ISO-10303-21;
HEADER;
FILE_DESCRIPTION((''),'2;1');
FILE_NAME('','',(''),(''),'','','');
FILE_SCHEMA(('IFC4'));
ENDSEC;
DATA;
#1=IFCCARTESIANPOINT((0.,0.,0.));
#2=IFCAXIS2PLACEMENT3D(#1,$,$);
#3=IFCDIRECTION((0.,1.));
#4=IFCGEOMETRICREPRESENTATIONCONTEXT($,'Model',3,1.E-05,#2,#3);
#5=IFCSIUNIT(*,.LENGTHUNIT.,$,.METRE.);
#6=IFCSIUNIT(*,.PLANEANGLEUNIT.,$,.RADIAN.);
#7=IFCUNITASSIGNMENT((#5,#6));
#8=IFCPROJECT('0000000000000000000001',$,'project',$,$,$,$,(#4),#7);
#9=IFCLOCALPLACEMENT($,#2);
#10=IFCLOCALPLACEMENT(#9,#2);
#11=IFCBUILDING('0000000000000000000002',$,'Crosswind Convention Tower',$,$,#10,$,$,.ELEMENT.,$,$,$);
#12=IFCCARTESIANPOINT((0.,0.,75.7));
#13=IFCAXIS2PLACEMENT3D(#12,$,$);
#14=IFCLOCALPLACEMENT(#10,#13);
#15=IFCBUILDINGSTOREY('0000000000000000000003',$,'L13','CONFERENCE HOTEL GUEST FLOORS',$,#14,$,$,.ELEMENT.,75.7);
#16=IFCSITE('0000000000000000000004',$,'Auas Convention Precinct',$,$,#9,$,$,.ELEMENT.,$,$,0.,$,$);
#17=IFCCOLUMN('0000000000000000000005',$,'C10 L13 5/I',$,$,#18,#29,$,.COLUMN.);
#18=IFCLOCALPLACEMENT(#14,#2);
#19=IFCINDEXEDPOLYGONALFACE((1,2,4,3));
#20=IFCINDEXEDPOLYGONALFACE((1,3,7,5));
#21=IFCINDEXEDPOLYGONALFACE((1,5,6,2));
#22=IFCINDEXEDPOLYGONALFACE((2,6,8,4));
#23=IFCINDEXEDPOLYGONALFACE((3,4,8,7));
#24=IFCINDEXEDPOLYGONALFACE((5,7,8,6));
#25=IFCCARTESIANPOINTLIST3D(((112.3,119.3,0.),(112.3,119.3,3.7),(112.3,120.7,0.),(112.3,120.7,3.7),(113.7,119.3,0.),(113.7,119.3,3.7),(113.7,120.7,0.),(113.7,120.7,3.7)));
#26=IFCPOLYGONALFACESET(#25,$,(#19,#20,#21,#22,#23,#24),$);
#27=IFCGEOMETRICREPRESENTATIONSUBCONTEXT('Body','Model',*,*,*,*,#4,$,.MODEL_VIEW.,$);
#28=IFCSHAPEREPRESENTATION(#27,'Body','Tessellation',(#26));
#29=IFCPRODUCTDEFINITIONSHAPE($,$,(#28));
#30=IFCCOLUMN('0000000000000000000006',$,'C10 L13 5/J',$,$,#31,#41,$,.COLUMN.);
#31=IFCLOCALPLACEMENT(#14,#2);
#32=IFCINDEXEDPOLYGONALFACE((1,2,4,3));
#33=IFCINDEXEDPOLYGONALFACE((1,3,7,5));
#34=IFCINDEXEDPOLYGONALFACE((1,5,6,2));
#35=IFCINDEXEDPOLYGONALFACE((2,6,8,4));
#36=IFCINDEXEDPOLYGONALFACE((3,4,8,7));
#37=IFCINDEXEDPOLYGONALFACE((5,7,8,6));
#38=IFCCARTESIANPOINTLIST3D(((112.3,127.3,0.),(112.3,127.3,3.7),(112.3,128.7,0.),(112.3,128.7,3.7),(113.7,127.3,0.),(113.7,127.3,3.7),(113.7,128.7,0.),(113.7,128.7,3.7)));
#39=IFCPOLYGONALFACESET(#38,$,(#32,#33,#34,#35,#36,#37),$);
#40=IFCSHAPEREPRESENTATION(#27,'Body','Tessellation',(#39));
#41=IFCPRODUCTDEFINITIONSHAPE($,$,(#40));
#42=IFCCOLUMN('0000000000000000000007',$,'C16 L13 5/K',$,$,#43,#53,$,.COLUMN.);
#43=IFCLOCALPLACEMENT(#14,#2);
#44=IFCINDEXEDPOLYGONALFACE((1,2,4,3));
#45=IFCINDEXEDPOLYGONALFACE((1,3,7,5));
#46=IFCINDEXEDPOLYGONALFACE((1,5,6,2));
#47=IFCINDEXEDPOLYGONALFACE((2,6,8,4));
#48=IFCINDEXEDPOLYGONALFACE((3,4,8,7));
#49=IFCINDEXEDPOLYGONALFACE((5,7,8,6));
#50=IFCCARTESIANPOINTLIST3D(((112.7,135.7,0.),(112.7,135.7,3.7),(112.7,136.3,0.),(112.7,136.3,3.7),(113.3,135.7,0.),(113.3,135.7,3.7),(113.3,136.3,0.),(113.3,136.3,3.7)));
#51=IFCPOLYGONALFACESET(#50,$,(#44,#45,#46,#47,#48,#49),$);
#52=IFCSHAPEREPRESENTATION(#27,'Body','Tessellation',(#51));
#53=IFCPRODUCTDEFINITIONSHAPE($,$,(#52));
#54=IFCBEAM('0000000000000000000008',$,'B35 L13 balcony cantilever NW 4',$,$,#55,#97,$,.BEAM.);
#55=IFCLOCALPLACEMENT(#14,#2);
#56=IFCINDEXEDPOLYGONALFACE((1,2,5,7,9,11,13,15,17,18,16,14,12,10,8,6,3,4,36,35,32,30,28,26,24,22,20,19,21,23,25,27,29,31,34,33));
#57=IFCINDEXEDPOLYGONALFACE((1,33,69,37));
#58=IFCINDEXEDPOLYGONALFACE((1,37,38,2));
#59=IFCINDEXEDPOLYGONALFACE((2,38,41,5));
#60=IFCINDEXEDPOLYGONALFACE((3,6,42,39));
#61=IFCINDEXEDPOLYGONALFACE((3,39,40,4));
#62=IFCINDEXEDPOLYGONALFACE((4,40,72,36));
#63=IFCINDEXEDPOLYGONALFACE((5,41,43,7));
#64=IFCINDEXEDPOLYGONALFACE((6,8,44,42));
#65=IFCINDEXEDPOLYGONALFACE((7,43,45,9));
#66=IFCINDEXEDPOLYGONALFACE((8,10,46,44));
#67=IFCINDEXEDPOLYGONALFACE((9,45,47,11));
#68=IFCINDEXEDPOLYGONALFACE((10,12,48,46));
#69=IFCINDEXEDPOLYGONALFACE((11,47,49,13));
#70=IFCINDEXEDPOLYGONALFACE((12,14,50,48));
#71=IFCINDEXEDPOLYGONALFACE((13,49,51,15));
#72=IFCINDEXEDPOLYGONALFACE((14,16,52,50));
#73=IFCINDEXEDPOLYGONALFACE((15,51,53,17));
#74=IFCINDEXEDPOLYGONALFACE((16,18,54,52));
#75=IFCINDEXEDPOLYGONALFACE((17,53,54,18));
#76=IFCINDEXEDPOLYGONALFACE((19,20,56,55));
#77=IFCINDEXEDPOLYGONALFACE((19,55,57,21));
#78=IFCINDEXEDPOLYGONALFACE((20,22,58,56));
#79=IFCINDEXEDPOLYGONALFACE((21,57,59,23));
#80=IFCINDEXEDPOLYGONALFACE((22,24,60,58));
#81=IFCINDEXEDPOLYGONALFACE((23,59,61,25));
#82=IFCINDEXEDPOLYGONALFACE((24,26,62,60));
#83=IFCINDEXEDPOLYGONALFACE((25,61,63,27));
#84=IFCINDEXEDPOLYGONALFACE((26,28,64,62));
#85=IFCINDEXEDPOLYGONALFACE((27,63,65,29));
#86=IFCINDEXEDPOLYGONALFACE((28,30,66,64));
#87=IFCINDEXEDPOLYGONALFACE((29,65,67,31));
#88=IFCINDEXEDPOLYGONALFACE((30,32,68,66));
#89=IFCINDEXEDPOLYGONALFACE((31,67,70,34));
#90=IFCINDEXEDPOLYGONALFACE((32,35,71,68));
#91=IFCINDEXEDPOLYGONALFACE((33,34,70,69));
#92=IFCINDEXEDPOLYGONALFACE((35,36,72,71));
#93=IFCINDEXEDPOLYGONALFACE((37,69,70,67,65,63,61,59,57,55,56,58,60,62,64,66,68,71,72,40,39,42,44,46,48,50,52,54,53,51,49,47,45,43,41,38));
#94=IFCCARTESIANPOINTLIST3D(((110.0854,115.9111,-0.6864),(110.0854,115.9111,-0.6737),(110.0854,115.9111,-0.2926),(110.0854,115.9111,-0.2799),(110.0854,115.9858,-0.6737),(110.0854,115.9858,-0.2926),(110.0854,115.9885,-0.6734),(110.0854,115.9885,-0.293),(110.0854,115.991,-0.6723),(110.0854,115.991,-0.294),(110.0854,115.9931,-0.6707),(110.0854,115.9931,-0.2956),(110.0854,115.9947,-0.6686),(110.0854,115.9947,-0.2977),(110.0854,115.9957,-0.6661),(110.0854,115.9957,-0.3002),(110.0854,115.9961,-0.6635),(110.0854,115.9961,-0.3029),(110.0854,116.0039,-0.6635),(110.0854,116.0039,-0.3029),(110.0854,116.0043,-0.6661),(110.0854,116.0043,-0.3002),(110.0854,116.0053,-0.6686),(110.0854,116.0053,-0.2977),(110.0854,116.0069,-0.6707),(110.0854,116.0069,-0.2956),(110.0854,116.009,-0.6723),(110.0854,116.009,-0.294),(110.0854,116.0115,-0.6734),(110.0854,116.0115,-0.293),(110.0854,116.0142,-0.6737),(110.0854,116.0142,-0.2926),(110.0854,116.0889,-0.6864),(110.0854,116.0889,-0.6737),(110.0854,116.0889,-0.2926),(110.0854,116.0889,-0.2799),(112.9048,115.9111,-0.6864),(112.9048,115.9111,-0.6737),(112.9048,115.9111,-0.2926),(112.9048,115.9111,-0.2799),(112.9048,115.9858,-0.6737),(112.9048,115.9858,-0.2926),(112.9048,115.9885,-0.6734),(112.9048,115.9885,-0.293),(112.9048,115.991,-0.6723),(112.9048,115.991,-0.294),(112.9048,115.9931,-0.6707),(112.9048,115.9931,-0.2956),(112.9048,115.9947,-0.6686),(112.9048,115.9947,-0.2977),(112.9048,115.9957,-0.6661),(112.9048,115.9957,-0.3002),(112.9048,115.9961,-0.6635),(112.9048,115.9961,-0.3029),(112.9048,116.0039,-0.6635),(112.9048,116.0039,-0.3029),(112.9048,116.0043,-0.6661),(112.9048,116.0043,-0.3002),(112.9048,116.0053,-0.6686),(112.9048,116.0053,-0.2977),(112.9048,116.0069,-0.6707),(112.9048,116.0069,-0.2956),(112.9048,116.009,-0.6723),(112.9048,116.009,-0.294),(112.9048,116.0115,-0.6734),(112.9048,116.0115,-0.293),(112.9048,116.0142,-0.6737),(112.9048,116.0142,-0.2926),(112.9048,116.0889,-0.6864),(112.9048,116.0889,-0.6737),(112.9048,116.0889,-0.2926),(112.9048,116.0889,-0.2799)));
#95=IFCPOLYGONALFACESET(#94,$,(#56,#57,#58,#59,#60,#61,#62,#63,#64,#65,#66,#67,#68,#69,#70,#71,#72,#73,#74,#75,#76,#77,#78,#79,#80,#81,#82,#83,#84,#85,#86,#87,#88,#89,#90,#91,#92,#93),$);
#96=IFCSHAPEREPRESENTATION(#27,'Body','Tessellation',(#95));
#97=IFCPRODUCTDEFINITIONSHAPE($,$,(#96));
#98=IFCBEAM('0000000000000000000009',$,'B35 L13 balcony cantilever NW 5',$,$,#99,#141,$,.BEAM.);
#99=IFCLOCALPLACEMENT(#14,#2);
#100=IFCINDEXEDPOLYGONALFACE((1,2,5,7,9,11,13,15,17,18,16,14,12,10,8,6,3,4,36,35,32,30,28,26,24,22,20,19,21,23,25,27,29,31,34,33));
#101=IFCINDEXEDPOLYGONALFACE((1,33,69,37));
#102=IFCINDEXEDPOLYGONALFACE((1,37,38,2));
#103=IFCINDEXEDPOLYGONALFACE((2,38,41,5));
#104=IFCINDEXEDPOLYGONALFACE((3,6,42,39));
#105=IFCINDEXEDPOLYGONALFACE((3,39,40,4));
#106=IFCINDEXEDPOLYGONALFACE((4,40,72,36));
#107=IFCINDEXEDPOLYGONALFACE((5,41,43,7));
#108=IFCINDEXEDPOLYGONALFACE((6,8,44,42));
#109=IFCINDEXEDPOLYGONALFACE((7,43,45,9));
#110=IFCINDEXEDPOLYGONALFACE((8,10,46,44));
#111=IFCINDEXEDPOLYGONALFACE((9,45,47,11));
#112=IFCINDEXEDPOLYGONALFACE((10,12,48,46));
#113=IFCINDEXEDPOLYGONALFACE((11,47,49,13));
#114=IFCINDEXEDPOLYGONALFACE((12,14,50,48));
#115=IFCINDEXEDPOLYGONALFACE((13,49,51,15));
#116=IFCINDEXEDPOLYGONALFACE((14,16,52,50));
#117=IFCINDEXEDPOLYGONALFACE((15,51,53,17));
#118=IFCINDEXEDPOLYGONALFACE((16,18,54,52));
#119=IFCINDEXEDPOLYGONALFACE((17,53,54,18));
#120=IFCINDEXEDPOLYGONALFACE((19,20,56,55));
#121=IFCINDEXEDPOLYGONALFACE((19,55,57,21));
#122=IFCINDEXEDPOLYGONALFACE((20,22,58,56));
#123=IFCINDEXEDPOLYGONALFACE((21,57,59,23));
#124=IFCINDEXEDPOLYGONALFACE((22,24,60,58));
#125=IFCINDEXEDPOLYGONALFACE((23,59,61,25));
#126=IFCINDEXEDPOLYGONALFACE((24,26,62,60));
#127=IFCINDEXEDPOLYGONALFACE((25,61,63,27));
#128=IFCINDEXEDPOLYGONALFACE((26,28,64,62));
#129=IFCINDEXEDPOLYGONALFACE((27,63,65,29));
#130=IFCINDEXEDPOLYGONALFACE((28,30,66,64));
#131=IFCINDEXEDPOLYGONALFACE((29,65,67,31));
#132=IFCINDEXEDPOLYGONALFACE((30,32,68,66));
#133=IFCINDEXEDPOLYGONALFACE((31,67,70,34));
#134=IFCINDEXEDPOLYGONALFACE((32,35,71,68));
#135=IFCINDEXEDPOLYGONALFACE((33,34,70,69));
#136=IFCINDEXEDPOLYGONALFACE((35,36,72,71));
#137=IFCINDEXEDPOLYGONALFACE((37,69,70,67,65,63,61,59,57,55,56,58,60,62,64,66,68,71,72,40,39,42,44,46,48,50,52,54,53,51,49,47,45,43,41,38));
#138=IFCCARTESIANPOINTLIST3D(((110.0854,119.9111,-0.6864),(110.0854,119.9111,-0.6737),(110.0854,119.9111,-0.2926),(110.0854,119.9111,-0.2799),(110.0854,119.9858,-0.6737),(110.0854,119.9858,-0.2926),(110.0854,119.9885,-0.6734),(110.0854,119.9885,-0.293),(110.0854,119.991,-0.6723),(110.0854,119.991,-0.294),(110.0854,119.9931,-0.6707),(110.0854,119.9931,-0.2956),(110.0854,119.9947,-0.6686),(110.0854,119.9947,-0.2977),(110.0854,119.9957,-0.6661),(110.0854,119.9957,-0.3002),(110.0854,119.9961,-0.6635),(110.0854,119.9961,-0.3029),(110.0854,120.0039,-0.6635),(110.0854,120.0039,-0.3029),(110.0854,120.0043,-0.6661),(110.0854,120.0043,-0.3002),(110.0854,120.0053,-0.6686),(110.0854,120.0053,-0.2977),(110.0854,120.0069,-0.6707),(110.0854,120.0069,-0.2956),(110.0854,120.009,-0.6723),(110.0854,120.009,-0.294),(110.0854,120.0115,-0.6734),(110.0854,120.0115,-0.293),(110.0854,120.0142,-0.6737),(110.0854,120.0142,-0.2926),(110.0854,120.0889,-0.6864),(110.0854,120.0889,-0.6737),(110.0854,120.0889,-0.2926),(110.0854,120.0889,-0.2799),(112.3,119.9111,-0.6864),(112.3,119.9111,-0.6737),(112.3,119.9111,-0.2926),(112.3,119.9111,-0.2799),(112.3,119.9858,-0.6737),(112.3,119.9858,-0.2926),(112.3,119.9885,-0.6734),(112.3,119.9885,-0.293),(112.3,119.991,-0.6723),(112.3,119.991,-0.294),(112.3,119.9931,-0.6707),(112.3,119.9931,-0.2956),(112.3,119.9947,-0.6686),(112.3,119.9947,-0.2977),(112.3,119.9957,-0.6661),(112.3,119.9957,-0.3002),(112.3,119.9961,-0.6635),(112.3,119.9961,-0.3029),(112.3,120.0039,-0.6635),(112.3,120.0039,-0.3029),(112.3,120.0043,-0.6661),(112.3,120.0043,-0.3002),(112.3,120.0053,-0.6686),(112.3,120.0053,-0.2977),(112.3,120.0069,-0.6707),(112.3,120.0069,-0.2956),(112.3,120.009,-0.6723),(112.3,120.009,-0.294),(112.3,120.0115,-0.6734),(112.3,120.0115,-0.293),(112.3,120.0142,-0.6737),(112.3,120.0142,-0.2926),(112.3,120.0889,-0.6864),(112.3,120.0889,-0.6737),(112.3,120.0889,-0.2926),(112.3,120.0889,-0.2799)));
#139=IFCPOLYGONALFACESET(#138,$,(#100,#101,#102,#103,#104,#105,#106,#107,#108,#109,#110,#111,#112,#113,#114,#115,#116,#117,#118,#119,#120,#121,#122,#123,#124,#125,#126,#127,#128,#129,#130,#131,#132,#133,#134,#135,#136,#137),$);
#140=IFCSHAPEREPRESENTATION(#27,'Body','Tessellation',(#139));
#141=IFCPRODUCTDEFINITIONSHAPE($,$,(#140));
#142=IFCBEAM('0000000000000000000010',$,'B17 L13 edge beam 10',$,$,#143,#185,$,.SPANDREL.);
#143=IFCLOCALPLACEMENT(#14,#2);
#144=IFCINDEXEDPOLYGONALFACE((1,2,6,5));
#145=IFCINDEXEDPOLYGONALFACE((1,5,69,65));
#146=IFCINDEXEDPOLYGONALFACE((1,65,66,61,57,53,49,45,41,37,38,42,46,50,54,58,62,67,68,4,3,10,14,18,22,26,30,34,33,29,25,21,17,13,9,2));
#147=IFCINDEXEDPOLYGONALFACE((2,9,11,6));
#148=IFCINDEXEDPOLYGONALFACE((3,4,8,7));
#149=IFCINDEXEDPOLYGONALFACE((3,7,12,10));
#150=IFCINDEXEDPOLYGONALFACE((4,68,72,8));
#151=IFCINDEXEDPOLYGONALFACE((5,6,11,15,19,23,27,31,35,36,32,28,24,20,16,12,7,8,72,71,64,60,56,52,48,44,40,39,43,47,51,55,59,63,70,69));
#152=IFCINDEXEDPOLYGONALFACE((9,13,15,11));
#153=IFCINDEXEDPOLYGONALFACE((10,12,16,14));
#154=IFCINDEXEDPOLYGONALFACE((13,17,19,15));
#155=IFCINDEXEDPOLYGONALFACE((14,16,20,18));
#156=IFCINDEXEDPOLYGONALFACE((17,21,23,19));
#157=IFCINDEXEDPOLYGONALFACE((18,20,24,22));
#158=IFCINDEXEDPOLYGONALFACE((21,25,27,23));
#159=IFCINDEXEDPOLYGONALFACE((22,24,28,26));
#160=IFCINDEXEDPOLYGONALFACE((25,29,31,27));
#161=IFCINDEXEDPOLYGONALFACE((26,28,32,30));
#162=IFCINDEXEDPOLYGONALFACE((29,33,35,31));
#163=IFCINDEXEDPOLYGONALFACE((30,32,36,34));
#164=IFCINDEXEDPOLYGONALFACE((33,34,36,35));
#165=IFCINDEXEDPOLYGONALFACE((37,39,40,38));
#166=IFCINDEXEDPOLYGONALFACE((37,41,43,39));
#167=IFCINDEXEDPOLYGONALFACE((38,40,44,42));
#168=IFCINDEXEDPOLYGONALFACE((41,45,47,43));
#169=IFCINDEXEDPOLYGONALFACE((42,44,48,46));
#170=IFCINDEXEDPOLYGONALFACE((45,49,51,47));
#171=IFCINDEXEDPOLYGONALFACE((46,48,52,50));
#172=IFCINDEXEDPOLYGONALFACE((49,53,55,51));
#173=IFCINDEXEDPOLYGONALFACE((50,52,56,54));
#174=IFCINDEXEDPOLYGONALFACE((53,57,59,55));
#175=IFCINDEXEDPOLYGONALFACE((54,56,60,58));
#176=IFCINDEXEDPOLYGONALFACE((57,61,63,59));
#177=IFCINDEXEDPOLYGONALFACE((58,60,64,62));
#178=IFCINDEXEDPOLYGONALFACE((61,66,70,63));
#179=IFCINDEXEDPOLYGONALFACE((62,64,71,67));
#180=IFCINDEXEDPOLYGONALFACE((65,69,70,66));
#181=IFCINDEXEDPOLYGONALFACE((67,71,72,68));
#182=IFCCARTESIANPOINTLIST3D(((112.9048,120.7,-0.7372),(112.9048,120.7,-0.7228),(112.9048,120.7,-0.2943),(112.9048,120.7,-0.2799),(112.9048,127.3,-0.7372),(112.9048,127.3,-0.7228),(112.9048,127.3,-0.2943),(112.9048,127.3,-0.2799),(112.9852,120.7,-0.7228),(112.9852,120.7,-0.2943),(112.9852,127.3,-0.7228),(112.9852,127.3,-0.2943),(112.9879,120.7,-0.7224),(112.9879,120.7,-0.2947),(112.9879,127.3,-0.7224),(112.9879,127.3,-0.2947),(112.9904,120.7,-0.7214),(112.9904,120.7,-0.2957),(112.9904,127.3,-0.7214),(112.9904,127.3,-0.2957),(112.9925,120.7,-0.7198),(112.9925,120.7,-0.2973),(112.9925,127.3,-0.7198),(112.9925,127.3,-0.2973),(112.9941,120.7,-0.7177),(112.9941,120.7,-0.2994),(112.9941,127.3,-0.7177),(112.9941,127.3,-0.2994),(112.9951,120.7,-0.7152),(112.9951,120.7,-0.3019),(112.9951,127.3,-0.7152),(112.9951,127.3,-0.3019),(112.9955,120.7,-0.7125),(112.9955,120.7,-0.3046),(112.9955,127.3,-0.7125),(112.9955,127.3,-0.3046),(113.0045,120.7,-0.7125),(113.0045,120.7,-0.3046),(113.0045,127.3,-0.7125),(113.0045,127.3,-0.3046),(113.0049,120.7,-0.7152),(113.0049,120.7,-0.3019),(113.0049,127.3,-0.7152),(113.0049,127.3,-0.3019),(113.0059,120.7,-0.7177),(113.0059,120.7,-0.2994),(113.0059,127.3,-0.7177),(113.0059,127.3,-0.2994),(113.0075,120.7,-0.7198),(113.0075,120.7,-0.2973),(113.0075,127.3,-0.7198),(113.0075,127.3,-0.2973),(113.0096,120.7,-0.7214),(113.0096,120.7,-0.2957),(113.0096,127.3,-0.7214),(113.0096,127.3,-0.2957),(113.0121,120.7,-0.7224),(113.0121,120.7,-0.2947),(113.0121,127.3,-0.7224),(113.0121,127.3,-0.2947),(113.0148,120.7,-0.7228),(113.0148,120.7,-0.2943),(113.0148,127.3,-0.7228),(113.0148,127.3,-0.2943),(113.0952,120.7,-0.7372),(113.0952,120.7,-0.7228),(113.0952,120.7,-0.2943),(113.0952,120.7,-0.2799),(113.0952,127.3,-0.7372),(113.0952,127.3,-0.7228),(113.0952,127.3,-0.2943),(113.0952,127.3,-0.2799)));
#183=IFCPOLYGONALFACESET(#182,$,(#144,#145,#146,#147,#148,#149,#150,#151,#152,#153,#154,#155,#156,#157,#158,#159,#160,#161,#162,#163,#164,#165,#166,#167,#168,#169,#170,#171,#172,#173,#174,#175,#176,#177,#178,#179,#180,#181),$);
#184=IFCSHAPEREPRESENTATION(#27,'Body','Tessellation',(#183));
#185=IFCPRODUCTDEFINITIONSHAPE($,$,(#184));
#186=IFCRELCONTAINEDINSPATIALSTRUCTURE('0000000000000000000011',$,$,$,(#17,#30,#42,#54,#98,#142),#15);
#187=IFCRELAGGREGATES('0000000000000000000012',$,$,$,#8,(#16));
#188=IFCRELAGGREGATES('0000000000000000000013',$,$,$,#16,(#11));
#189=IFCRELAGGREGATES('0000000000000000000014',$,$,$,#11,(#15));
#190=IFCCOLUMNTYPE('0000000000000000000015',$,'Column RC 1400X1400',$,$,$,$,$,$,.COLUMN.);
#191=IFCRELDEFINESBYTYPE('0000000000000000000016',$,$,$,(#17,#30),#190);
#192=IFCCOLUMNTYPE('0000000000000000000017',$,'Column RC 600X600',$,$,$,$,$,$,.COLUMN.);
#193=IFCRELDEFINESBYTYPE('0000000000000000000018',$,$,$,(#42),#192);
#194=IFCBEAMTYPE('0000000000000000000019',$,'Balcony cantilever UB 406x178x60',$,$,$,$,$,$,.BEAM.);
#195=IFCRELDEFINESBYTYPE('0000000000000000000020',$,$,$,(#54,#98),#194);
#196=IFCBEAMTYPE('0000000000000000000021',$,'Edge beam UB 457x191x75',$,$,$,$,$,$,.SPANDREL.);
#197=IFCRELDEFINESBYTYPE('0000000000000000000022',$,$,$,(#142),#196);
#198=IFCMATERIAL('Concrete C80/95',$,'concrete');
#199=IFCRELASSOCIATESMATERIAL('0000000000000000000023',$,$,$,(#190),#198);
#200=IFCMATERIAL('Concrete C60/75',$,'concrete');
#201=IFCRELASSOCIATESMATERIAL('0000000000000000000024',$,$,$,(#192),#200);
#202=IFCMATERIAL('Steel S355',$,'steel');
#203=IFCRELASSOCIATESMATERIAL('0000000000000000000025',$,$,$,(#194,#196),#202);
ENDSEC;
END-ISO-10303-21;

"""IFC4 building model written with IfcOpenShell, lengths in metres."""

from ifc_helpers import new_model, si_unit, direction, frame, origin, origin_2d, place, context, subcontext, project, spatial, rectangle, i_section, extrude, material, material_profile, profile_set, type_object, element, save


model = new_model("IFC4")

# Units and contexts
model_context = context("Model", 3, precision=1e-05, world=origin(), true_north=direction((0.0, 1.0)))
body_context = subcontext(model_context, "Body", "Model", "MODEL_VIEW")
ifc_project = project(units=[si_unit("LENGTHUNIT", "METRE"), si_unit("PLANEANGLEUNIT", "RADIAN")], contexts=[model_context])

# Site, building, storey
site_placement = place(None, origin())
site = spatial("IfcSite", under=ifc_project, at=site_placement, Name="Auas Convention Precinct", CompositionType="ELEMENT", RefElevation=0.0)
building_placement = place(site_placement, origin())
building = spatial("IfcBuilding", under=site, at=building_placement, Name="Crosswind Convention Tower", CompositionType="ELEMENT")
storey_placement = place(building_placement, frame((0.0, 0.0, 75.7)))
storey = spatial("IfcBuildingStorey", under=building, at=storey_placement, Name="L13", Description="CONFERENCE HOTEL GUEST FLOORS", CompositionType="ELEMENT", Elevation=75.7)

# Columns
ifc_material_1 = material(Name="Concrete C80/95", Category="concrete")
ifc_material_profile_1 = material_profile(ifc_material_1, rectangle(XDim=1.3999, YDim=1.3999, at=origin_2d()), Name="RC 1400X1400")
ifc_profile_set_1 = profile_set([ifc_material_profile_1], Name="Concrete C80/95")
column_type_1 = type_object("IfcColumnType", Name="Column RC 1400X1400", PredefinedType="COLUMN", material=ifc_profile_set_1)
for number, where, z_axis, x_axis, name in (
    (1, (113.0, 120.0, 0.0), (0.0, 0.0, 1.0), (1.0, 0.0, 0.0), "C10 L13 5/I"),
    (2, (113.0, 128.0, 0.0), (0.0, 0.0, 1.0), (1.0, 0.0, 0.0), "C10 L13 5/J"),
):
    element("IfcColumn", number, at=place(storey_placement, frame(where, z_axis=z_axis, x_axis=x_axis)), inside=storey, type_object=column_type_1, Name=name, PredefinedType="COLUMN", context=body_context, shape_type="SweptSolid", body=[
        extrude(rectangle(XDim=1.3999, YDim=1.3999, at=origin_2d()), origin(), (0.0, 0.0, 1.0), 3.7),
    ])
ifc_material_2 = material(Name="Concrete C60/75", Category="concrete")
ifc_material_profile_2 = material_profile(ifc_material_2, rectangle(XDim=0.6001, YDim=0.6001, at=origin_2d()), Name="RC 600X600")
ifc_profile_set_2 = profile_set([ifc_material_profile_2], Name="Concrete C60/75")
column_type_2 = type_object("IfcColumnType", Name="Column RC 600X600", PredefinedType="COLUMN", material=ifc_profile_set_2)
column_placement = place(storey_placement, frame((113.0, 136.0, 0.0), z_axis=(0.0, 0.0, 1.0), x_axis=(1.0, 0.0, 0.0)))
element("IfcColumn", 3, at=column_placement, inside=storey, type_object=column_type_2, Name="C16 L13 5/K", PredefinedType="COLUMN", context=body_context, shape_type="SweptSolid", body=[
    extrude(rectangle(XDim=0.6001, YDim=0.6001, at=origin_2d()), origin(), (0.0, 0.0, 1.0), 3.7),
])

# Beams
ifc_material_3 = material(Name="Steel S355", Category="steel")
ifc_material_profile_3 = material_profile(ifc_material_3, i_section(OverallWidth=0.1777, OverallDepth=0.4065, WebThickness=0.0078, FlangeThickness=0.0127, FilletRadius=0.0103, at=origin_2d()), Name="UB 406x178x60")
ifc_profile_set_3 = profile_set([ifc_material_profile_3], Name="Steel S355")
beam_type_1 = type_object("IfcBeamType", Name="Balcony cantilever UB 406x178x60", PredefinedType="BEAM", material=ifc_profile_set_3)
beam_1_placement = place(storey_placement, frame((112.9048, 116.0, -0.4832), z_axis=(-1.0, 0.0, 0.0), x_axis=(0.0, -1.0, 0.0)))
element("IfcBeam", 4, at=beam_1_placement, inside=storey, type_object=beam_type_1, Name="B35 L13 balcony cantilever NW 4", PredefinedType="BEAM", context=body_context, shape_type="SweptSolid", body=[
    extrude(i_section(OverallWidth=0.1777, OverallDepth=0.4065, WebThickness=0.0078, FlangeThickness=0.0127, FilletRadius=0.0103, at=origin_2d()), origin(), (0.0, 0.0, 1.0), 2.8193),
])
beam_2_placement = place(storey_placement, frame((112.3, 120.0, -0.4832), z_axis=(-1.0, 0.0, 0.0), x_axis=(0.0, -1.0, 0.0)))
element("IfcBeam", 5, at=beam_2_placement, inside=storey, type_object=beam_type_1, Name="B35 L13 balcony cantilever NW 5", PredefinedType="BEAM", context=body_context, shape_type="SweptSolid", body=[
    extrude(i_section(OverallWidth=0.1777, OverallDepth=0.4065, WebThickness=0.0078, FlangeThickness=0.0127, FilletRadius=0.0103, at=origin_2d()), origin(), (0.0, 0.0, 1.0), 2.2146),
])
ifc_material_profile_4 = material_profile(ifc_material_3, i_section(OverallWidth=0.1904, OverallDepth=0.4573, WebThickness=0.009, FlangeThickness=0.0144, FilletRadius=0.0103, at=origin_2d()), Name="UB 457x191x75")
ifc_profile_set_4 = profile_set([ifc_material_profile_4], Name="Steel S355")
beam_type_2 = type_object("IfcBeamType", Name="Edge beam UB 457x191x75", PredefinedType="SPANDREL", material=ifc_profile_set_4)
beam_3_placement = place(storey_placement, frame((113.0, 120.7, -0.5085), z_axis=(0.0, 1.0, 0.0), x_axis=(-1.0, 0.0, 0.0)))
element("IfcBeam", 6, at=beam_3_placement, inside=storey, type_object=beam_type_2, Name="B17 L13 edge beam 10", PredefinedType="SPANDREL", context=body_context, shape_type="SweptSolid", body=[
    extrude(i_section(OverallWidth=0.1904, OverallDepth=0.4573, WebThickness=0.009, FlangeThickness=0.0144, FilletRadius=0.0103, at=origin_2d()), origin(), (0.0, 0.0, 1.0), 6.6001),
])

save(model, "model.ifc")
